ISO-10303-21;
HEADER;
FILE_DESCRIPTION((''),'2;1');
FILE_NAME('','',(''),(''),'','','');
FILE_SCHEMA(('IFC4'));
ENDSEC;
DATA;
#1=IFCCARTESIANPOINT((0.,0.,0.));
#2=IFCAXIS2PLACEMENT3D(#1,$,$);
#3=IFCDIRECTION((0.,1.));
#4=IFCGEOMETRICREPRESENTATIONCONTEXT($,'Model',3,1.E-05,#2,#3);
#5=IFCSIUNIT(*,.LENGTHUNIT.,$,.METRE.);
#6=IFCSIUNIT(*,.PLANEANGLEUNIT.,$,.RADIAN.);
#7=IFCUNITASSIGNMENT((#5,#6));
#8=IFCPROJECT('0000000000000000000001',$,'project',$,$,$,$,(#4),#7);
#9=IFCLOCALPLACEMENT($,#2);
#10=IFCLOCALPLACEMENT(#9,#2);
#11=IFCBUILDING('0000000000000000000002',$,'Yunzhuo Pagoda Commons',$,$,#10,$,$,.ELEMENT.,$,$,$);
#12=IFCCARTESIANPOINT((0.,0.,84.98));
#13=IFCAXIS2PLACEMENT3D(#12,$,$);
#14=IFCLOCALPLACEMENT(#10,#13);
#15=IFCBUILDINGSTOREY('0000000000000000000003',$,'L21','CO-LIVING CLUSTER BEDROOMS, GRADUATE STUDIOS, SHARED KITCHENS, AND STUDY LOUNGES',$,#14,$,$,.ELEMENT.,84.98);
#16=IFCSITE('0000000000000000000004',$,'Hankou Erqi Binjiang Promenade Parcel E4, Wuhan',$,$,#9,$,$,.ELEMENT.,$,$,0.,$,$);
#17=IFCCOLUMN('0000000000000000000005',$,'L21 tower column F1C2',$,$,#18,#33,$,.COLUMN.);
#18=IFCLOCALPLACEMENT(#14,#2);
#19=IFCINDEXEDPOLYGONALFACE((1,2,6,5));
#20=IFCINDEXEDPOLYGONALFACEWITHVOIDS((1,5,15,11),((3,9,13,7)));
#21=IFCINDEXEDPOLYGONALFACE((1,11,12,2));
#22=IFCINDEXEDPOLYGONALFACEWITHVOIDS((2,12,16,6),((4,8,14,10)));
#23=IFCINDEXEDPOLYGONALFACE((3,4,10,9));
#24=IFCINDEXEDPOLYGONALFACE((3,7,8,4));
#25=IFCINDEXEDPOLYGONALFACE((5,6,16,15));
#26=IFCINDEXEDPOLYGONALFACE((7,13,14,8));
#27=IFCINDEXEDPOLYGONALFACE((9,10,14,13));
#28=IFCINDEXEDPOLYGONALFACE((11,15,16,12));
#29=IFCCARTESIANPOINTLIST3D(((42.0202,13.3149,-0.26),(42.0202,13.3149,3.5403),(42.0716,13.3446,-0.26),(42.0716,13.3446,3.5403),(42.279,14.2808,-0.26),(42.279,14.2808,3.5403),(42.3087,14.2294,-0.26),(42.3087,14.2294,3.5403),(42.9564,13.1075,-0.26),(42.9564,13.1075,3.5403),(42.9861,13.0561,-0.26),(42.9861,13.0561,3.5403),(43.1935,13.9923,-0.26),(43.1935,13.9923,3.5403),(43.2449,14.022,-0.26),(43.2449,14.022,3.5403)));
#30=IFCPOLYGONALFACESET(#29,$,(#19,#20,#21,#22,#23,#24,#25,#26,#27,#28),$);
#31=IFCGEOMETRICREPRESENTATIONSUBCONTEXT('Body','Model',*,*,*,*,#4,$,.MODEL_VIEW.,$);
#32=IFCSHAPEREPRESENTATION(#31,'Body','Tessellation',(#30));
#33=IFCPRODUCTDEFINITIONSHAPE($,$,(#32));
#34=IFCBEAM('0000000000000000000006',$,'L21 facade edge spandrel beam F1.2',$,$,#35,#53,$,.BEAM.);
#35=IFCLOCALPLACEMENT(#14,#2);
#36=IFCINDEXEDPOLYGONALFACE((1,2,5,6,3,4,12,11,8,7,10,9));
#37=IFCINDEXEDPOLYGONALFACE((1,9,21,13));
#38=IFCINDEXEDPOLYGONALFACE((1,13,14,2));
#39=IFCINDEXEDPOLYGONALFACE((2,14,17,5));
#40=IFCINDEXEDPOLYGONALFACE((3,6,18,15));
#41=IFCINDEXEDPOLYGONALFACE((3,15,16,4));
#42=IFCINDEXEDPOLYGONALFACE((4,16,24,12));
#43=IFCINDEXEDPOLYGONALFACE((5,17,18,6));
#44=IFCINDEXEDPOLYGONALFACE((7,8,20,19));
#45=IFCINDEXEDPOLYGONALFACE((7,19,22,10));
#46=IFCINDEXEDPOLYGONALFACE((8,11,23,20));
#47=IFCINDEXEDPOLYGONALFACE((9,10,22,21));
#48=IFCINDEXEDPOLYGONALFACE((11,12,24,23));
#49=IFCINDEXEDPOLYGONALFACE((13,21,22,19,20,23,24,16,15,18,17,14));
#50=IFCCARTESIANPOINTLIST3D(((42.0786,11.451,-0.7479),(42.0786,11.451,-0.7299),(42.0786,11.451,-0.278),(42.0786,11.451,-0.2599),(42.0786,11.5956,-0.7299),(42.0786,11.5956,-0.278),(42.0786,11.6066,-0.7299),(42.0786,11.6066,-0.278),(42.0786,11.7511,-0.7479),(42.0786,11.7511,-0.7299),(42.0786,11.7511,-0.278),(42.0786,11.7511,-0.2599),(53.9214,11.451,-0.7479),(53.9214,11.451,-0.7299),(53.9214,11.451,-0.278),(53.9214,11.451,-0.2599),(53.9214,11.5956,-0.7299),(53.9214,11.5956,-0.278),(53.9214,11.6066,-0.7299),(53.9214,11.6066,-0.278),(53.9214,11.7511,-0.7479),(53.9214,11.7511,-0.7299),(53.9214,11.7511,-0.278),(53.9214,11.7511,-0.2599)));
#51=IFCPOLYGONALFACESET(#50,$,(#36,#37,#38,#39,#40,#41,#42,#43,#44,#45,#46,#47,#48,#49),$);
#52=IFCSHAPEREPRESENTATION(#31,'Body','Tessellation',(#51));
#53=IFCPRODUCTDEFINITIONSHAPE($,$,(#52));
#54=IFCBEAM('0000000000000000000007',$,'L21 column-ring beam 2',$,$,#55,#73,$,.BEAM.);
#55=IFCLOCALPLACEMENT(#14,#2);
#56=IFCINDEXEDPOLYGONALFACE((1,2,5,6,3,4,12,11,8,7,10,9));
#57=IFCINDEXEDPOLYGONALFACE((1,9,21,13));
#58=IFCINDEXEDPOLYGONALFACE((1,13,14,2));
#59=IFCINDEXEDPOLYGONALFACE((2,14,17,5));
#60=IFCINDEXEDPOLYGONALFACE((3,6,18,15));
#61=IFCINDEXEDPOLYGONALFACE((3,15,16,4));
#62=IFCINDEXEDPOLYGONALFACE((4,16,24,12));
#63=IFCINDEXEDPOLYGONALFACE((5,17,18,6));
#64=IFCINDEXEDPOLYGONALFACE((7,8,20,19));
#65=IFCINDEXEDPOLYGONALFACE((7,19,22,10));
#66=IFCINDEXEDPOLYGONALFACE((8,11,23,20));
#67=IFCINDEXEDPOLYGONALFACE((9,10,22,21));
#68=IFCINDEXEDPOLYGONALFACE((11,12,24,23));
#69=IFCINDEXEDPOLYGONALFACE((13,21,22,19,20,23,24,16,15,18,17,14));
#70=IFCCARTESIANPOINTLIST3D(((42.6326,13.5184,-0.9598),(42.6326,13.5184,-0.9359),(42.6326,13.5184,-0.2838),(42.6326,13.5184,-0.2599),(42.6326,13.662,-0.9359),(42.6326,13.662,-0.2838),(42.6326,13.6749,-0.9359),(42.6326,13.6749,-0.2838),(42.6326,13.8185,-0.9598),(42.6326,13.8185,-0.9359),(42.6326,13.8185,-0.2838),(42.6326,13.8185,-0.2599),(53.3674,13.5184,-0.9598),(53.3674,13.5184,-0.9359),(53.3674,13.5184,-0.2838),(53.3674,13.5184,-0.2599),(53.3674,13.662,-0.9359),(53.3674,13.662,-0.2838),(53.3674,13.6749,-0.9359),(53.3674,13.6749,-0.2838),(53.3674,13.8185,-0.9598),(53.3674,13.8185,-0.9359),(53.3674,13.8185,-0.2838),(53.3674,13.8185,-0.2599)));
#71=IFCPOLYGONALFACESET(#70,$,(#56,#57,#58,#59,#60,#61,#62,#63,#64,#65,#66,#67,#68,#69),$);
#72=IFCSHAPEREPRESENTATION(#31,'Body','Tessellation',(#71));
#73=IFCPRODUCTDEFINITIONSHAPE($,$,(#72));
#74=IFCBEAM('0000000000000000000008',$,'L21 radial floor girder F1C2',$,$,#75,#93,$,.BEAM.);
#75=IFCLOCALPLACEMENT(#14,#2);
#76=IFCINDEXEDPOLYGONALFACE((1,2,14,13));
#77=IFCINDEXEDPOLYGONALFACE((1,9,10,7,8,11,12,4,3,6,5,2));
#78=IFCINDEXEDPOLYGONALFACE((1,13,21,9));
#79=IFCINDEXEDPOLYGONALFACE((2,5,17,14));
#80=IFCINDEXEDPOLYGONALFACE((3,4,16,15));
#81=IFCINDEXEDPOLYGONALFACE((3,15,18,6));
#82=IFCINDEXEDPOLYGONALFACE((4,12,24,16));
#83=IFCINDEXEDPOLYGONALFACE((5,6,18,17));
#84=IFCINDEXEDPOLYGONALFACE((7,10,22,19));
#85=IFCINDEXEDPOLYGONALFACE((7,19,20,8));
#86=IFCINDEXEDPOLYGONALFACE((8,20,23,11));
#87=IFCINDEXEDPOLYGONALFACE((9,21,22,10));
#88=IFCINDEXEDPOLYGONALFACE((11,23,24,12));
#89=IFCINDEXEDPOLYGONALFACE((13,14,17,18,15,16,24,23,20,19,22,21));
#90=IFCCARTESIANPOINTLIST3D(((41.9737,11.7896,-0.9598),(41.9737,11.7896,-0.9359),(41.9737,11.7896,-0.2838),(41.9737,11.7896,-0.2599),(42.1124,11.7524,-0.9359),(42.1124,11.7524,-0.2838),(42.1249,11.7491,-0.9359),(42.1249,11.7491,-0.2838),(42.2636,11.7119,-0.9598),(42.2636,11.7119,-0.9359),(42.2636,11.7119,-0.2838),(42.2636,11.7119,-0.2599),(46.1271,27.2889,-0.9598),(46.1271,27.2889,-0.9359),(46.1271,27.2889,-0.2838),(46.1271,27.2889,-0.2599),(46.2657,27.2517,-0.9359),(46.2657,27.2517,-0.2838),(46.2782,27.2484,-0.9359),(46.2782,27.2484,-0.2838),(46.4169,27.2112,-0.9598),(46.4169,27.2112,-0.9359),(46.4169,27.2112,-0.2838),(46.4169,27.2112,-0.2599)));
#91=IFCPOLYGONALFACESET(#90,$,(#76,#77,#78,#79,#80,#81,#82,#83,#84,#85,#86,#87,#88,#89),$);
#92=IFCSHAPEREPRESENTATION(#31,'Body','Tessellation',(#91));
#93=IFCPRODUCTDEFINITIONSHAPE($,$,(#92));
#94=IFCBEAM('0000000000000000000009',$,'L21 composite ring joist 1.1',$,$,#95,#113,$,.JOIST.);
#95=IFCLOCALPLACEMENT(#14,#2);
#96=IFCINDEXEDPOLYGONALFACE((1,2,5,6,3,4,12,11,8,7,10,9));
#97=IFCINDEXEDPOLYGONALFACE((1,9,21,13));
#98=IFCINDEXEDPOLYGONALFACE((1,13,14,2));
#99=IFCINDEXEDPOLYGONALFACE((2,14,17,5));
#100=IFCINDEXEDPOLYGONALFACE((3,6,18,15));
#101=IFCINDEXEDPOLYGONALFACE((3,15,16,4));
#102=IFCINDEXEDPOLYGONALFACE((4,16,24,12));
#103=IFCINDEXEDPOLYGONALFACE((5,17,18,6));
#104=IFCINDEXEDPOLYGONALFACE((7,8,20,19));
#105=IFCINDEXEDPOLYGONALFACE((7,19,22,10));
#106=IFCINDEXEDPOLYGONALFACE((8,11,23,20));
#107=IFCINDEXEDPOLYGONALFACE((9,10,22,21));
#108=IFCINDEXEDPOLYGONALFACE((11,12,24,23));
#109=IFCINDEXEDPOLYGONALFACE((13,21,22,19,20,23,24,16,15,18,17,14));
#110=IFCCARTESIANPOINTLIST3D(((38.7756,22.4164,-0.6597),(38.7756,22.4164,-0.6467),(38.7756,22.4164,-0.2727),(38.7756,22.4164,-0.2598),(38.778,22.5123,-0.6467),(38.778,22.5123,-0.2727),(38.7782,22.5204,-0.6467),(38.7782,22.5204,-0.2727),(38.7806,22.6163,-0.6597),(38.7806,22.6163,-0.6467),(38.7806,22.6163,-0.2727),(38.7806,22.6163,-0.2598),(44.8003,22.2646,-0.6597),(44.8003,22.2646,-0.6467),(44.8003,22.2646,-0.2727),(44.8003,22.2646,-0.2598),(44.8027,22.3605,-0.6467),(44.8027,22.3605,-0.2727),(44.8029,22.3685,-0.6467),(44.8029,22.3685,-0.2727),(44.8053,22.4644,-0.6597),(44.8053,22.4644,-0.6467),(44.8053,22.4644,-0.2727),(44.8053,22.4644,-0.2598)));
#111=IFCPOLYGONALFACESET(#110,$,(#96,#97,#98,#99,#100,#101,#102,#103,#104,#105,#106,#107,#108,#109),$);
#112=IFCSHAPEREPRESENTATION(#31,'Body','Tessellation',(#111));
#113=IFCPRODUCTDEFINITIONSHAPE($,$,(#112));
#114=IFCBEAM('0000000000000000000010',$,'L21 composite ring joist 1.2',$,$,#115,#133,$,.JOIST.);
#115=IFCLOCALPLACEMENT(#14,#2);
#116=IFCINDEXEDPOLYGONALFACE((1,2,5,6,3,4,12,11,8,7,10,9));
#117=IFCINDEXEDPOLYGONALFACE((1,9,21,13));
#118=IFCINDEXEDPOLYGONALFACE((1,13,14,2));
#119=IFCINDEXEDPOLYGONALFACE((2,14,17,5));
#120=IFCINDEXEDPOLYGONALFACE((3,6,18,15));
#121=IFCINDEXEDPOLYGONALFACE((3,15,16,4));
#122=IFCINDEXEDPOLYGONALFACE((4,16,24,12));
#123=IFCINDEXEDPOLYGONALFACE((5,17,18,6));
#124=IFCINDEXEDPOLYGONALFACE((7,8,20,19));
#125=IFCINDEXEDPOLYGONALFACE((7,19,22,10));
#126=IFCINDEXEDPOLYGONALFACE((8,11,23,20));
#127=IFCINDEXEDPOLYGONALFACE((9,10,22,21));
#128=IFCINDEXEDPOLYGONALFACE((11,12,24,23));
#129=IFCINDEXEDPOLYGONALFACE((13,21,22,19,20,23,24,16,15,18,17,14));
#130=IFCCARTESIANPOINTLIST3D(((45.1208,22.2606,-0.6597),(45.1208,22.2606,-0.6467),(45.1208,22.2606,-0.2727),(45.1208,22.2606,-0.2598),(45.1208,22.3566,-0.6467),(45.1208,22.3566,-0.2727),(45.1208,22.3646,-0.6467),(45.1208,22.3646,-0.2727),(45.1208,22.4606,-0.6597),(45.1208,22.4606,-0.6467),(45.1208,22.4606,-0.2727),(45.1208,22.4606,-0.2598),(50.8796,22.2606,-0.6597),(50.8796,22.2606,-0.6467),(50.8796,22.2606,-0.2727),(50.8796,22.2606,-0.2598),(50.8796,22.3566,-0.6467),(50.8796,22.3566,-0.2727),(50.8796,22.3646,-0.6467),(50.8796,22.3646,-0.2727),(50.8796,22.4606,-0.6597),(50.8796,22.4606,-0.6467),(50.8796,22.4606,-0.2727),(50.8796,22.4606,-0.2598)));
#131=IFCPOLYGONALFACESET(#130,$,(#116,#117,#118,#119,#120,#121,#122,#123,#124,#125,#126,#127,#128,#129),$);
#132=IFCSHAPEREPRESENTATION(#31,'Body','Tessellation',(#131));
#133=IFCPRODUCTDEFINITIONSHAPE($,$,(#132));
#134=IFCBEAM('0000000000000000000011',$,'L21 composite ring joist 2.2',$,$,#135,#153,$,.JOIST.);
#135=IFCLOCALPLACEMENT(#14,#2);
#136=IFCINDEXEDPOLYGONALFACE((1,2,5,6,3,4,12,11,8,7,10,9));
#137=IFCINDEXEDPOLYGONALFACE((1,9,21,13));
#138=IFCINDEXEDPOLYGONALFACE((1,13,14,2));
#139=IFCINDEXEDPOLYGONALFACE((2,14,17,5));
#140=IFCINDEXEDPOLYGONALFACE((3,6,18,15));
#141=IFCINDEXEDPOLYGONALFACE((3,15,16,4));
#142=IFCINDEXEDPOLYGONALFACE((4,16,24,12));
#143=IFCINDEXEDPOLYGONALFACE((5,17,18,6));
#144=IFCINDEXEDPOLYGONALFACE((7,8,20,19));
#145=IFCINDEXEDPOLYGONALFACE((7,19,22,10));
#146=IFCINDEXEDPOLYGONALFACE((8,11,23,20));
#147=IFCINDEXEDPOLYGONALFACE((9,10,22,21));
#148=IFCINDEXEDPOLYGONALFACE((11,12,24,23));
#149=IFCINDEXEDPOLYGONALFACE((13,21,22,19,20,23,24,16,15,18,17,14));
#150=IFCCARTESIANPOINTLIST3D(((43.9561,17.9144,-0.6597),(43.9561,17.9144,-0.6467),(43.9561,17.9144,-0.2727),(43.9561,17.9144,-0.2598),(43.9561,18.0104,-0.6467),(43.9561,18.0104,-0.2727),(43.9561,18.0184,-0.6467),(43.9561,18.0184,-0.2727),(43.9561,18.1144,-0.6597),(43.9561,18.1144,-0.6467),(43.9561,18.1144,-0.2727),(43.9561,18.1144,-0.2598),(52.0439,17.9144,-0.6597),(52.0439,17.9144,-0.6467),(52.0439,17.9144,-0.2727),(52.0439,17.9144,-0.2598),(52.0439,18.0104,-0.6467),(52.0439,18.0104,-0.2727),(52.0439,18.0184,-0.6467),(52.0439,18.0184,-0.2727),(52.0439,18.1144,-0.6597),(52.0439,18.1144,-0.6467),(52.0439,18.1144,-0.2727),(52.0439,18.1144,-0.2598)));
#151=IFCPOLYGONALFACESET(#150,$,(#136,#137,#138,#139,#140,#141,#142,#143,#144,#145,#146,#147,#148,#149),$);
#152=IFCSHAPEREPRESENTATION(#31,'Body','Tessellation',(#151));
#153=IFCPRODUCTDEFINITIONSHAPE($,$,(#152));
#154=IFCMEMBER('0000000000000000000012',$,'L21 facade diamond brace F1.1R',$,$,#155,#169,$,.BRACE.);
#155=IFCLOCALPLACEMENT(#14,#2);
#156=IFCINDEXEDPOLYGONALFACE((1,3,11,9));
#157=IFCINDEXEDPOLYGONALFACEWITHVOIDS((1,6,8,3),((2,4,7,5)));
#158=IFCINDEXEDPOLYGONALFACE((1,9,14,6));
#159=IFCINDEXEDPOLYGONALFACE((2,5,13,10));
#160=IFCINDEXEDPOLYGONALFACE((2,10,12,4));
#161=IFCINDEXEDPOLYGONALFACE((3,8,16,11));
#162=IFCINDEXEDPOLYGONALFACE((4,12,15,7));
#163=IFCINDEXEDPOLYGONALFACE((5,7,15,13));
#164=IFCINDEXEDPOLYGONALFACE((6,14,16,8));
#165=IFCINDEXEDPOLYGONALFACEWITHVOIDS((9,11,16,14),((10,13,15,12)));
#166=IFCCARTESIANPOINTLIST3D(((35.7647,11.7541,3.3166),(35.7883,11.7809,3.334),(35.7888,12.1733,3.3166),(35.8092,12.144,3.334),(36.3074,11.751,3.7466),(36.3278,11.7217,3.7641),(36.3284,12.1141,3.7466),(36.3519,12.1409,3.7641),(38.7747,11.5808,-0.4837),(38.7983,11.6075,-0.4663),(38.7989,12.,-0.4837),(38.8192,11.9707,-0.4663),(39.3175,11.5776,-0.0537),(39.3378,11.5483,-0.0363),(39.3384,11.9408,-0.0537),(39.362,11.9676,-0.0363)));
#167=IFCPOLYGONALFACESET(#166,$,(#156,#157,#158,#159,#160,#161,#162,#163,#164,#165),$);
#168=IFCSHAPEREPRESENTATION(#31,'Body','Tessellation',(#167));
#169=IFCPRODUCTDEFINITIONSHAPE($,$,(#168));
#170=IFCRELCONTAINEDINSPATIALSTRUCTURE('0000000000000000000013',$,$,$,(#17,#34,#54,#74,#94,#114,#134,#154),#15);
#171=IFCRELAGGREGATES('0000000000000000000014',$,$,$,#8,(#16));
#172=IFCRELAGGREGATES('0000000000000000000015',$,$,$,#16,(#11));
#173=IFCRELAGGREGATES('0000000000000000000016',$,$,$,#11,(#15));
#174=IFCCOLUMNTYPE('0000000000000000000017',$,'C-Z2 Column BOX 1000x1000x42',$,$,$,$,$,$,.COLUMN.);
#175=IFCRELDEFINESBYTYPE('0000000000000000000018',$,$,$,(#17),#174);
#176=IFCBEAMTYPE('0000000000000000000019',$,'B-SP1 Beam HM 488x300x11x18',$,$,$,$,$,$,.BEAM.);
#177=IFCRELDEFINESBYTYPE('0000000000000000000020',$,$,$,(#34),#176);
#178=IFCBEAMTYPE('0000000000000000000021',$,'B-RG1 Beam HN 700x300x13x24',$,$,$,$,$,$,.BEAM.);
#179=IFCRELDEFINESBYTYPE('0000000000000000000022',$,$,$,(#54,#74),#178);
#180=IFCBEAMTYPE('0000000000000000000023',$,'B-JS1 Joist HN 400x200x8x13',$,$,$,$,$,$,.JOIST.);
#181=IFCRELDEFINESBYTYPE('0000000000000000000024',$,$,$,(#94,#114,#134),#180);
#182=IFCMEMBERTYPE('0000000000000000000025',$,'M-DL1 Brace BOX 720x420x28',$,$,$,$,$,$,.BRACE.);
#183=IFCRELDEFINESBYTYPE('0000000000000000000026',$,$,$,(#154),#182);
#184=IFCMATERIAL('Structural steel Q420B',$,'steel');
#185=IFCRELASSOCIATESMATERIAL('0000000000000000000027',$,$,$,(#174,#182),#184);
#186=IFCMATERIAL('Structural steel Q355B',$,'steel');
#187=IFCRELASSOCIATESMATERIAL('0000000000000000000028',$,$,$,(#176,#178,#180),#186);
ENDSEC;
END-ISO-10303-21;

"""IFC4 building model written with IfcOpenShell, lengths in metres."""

from ifc_helpers import new_model, si_unit, direction, frame, origin, origin_2d, place, context, subcontext, project, spatial, hollow_rectangle, i_section, extrude, source, transform, mapped, material, material_profile, profile_set, type_object, element, save


model = new_model("IFC4")

# Units and contexts
model_context = context("Model", 3, precision=1e-05, world=origin(), true_north=direction((0.0, 1.0)))
body_context = subcontext(model_context, "Body", "Model", "MODEL_VIEW")
ifc_project = project(units=[si_unit("LENGTHUNIT", "METRE"), si_unit("PLANEANGLEUNIT", "RADIAN")], contexts=[model_context])

# Site, building, storey
site_placement = place(None, origin())
site = spatial("IfcSite", under=ifc_project, at=site_placement, Name="Hankou Erqi Binjiang Promenade Parcel E4, Wuhan", CompositionType="ELEMENT", RefElevation=0.0)
building_placement = place(site_placement, origin())
building = spatial("IfcBuilding", under=site, at=building_placement, Name="Yunzhuo Pagoda Commons", CompositionType="ELEMENT")
storey_placement = place(building_placement, frame((0.0, 0.0, 84.98)))
storey = spatial("IfcBuildingStorey", under=building, at=storey_placement, Name="L21", Description="CO-LIVING CLUSTER BEDROOMS, GRADUATE STUDIOS, SHARED KITCHENS, AND STUDY LOUNGES", CompositionType="ELEMENT", Elevation=84.98)

# Column
ifc_material_1 = material(Name="Structural steel Q420B", Category="steel")
ifc_material_profile_1 = material_profile(ifc_material_1, hollow_rectangle(XDim=1.0, YDim=1.0, WallThickness=0.042, at=origin_2d()), Name="Structural steel Q420B")
ifc_profile_set_1 = profile_set([ifc_material_profile_1], Name="Structural steel Q420B")
column_type = type_object("IfcColumnType", Name="C-Z2 Column BOX 1000x1000x42", PredefinedType="COLUMN", material=ifc_profile_set_1)
shared_shape_1 = source(origin(), body_context, "Body", "SweptSolid", [
    extrude(hollow_rectangle(XDim=1.0, YDim=1.0, WallThickness=0.042, at=origin_2d()), origin(), (0.0, 0.0, 1.0), 3.8003),
])
column_placement = place(storey_placement, frame((42.6326, 13.6685, -0.26), z_axis=(0.0, 0.0, 1.0), x_axis=(0.965926, -0.258819, 0.0)))
element("IfcColumn", 1, at=column_placement, inside=storey, type_object=column_type, Name="L21 tower column F1C2", PredefinedType="COLUMN", context=body_context, shape_type="MappedRepresentation", body=[
    mapped(shared_shape_1, transform((0.0, 0.0, 0.0), scale=1.0)),
])

# Beams
ifc_material_2 = material(Name="Structural steel Q355B", Category="steel")
ifc_material_profile_2 = material_profile(ifc_material_2, i_section(OverallWidth=0.3, OverallDepth=0.488, WebThickness=0.011, FlangeThickness=0.0181, at=origin_2d()), Name="Structural steel Q355B")
ifc_profile_set_2 = profile_set([ifc_material_profile_2], Name="Structural steel Q355B")
beam_type_1 = type_object("IfcBeamType", Name="B-SP1 Beam HM 488x300x11x18", PredefinedType="BEAM", material=ifc_profile_set_2)
shared_shape_2 = source(origin(), body_context, "Body", "SweptSolid", [
    extrude(i_section(OverallWidth=0.3, OverallDepth=0.488, WebThickness=0.011, FlangeThickness=0.0181, at=origin_2d()), origin(), (0.0, 0.0, 1.0), 11.8428),
])
beam_1_placement = place(storey_placement, frame((42.0786, 11.6011, -0.5039), z_axis=(1.0, 0.0, 0.0), x_axis=(0.0, 1.0, 0.0)))
element("IfcBeam", 2, at=beam_1_placement, inside=storey, type_object=beam_type_1, Name="L21 facade edge spandrel beam F1.2", PredefinedType="BEAM", context=body_context, shape_type="MappedRepresentation", body=[
    mapped(shared_shape_2, transform((0.0, 0.0, 0.0), scale=1.0)),
])
ifc_material_profile_3 = material_profile(ifc_material_2, i_section(OverallWidth=0.3, OverallDepth=0.7, WebThickness=0.0129, FlangeThickness=0.0239, at=origin_2d()), Name="Structural steel Q355B")
ifc_profile_set_3 = profile_set([ifc_material_profile_3], Name="Structural steel Q355B")
beam_type_2 = type_object("IfcBeamType", Name="B-RG1 Beam HN 700x300x13x24", PredefinedType="BEAM", material=ifc_profile_set_3)
shared_shape_3 = source(origin(), body_context, "Body", "SweptSolid", [
    extrude(i_section(OverallWidth=0.3, OverallDepth=0.7, WebThickness=0.0129, FlangeThickness=0.0239, at=origin_2d()), origin(), (0.0, 0.0, 1.0), 10.7349),
])
beam_2_placement = place(storey_placement, frame((42.6326, 13.6685, -0.6099), z_axis=(1.0, 0.0, 0.0), x_axis=(0.0, 1.0, 0.0)))
element("IfcBeam", 3, at=beam_2_placement, inside=storey, type_object=beam_type_2, Name="L21 column-ring beam 2", PredefinedType="BEAM", context=body_context, shape_type="MappedRepresentation", body=[
    mapped(shared_shape_3, transform((0.0, 0.0, 0.0), scale=1.0)),
])
shared_shape_4 = source(origin(), body_context, "Body", "SweptSolid", [
    extrude(i_section(OverallWidth=0.3, OverallDepth=0.7, WebThickness=0.0129, FlangeThickness=0.0239, at=origin_2d()), origin(), (0.0, 0.0, 1.0), 16.0461),
])
beam_3_placement = place(storey_placement, frame((42.1187, 11.7507, -0.6099), z_axis=(0.258837, 0.965921, 0.0), x_axis=(-0.965921, 0.258837, 0.0)))
element("IfcBeam", 4, at=beam_3_placement, inside=storey, type_object=beam_type_2, Name="L21 radial floor girder F1C2", PredefinedType="BEAM", context=body_context, shape_type="MappedRepresentation", body=[
    mapped(shared_shape_4, transform((0.0, 0.0, 0.0), scale=1.0)),
])
ifc_material_profile_4 = material_profile(ifc_material_2, i_section(OverallWidth=0.2, OverallDepth=0.3999, WebThickness=0.0081, FlangeThickness=0.0129, at=origin_2d()), Name="Structural steel Q355B")
ifc_profile_set_4 = profile_set([ifc_material_profile_4], Name="Structural steel Q355B")
beam_type_3 = type_object("IfcBeamType", Name="B-JS1 Joist HN 400x200x8x13", PredefinedType="JOIST", material=ifc_profile_set_4)
shared_shape_5 = source(origin(), body_context, "Body", "SweptSolid", [
    extrude(i_section(OverallWidth=0.2, OverallDepth=0.3999, WebThickness=0.0081, FlangeThickness=0.0129, at=origin_2d()), origin(), (0.0, 0.0, 1.0), 6.0266),
])
beam_4_placement = place(storey_placement, frame((38.7781, 22.5164, -0.4597), z_axis=(0.999682, -0.025198, 0.0), x_axis=(0.025198, 0.999682, 0.0)))
element("IfcBeam", 5, at=beam_4_placement, inside=storey, type_object=beam_type_3, Name="L21 composite ring joist 1.1", PredefinedType="JOIST", context=body_context, shape_type="MappedRepresentation", body=[
    mapped(shared_shape_5, transform((0.0, 0.0, 0.0), scale=1.0)),
])
shared_shape_6 = source(origin(), body_context, "Body", "SweptSolid", [
    extrude(i_section(OverallWidth=0.2, OverallDepth=0.3999, WebThickness=0.0081, FlangeThickness=0.0129, at=origin_2d()), origin(), (0.0, 0.0, 1.0), 5.7588),
])
beam_5_placement = place(storey_placement, frame((45.1208, 22.3606, -0.4597), z_axis=(1.0, 0.0, 0.0), x_axis=(0.0, 1.0, 0.0)))
element("IfcBeam", 6, at=beam_5_placement, inside=storey, type_object=beam_type_3, Name="L21 composite ring joist 1.2", PredefinedType="JOIST", context=body_context, shape_type="MappedRepresentation", body=[
    mapped(shared_shape_6, transform((0.0, 0.0, 0.0), scale=1.0)),
])
shared_shape_7 = source(origin(), body_context, "Body", "SweptSolid", [
    extrude(i_section(OverallWidth=0.2, OverallDepth=0.3999, WebThickness=0.0081, FlangeThickness=0.0129, at=origin_2d()), origin(), (0.0, 0.0, 1.0), 8.0879),
])
beam_6_placement = place(storey_placement, frame((43.9561, 18.0144, -0.4597), z_axis=(1.0, 0.0, 0.0), x_axis=(0.0, 1.0, 0.0)))
element("IfcBeam", 7, at=beam_6_placement, inside=storey, type_object=beam_type_3, Name="L21 composite ring joist 2.2", PredefinedType="JOIST", context=body_context, shape_type="MappedRepresentation", body=[
    mapped(shared_shape_7, transform((0.0, 0.0, 0.0), scale=1.0)),
])

# Member
ifc_material_profile_5 = material_profile(ifc_material_1, hollow_rectangle(XDim=0.4199, YDim=0.72, WallThickness=0.0281, at=origin_2d()), Name="Structural steel Q420B")
ifc_profile_set_5 = profile_set([ifc_material_profile_5], Name="Structural steel Q420B")
member_type_1 = type_object("IfcMemberType", Name="M-DL1 Brace BOX 720x420x28", PredefinedType="BRACE", material=ifc_profile_set_5)
shared_shape_8 = source(origin(), body_context, "Body", "SweptSolid", [
    extrude(hollow_rectangle(XDim=0.4199, YDim=0.72, WallThickness=0.0281, at=origin_2d()), origin(), (0.0, 0.0, 1.0), 4.8511),
])
member_1_placement = place(storey_placement, frame((39.0684, 11.7742, -0.26), z_axis=(-0.62049, 0.035733, 0.7834), x_axis=(-0.057493, -0.998346, 0.0)))
element("IfcMember", 8, at=member_1_placement, inside=storey, type_object=member_type_1, Name="L21 facade diamond brace F1.1R", PredefinedType="BRACE", context=body_context, shape_type="MappedRepresentation", body=[
    mapped(shared_shape_8, transform((0.0, 0.0, 0.0), scale=1.0)),
])

save(model, "model.ifc")
